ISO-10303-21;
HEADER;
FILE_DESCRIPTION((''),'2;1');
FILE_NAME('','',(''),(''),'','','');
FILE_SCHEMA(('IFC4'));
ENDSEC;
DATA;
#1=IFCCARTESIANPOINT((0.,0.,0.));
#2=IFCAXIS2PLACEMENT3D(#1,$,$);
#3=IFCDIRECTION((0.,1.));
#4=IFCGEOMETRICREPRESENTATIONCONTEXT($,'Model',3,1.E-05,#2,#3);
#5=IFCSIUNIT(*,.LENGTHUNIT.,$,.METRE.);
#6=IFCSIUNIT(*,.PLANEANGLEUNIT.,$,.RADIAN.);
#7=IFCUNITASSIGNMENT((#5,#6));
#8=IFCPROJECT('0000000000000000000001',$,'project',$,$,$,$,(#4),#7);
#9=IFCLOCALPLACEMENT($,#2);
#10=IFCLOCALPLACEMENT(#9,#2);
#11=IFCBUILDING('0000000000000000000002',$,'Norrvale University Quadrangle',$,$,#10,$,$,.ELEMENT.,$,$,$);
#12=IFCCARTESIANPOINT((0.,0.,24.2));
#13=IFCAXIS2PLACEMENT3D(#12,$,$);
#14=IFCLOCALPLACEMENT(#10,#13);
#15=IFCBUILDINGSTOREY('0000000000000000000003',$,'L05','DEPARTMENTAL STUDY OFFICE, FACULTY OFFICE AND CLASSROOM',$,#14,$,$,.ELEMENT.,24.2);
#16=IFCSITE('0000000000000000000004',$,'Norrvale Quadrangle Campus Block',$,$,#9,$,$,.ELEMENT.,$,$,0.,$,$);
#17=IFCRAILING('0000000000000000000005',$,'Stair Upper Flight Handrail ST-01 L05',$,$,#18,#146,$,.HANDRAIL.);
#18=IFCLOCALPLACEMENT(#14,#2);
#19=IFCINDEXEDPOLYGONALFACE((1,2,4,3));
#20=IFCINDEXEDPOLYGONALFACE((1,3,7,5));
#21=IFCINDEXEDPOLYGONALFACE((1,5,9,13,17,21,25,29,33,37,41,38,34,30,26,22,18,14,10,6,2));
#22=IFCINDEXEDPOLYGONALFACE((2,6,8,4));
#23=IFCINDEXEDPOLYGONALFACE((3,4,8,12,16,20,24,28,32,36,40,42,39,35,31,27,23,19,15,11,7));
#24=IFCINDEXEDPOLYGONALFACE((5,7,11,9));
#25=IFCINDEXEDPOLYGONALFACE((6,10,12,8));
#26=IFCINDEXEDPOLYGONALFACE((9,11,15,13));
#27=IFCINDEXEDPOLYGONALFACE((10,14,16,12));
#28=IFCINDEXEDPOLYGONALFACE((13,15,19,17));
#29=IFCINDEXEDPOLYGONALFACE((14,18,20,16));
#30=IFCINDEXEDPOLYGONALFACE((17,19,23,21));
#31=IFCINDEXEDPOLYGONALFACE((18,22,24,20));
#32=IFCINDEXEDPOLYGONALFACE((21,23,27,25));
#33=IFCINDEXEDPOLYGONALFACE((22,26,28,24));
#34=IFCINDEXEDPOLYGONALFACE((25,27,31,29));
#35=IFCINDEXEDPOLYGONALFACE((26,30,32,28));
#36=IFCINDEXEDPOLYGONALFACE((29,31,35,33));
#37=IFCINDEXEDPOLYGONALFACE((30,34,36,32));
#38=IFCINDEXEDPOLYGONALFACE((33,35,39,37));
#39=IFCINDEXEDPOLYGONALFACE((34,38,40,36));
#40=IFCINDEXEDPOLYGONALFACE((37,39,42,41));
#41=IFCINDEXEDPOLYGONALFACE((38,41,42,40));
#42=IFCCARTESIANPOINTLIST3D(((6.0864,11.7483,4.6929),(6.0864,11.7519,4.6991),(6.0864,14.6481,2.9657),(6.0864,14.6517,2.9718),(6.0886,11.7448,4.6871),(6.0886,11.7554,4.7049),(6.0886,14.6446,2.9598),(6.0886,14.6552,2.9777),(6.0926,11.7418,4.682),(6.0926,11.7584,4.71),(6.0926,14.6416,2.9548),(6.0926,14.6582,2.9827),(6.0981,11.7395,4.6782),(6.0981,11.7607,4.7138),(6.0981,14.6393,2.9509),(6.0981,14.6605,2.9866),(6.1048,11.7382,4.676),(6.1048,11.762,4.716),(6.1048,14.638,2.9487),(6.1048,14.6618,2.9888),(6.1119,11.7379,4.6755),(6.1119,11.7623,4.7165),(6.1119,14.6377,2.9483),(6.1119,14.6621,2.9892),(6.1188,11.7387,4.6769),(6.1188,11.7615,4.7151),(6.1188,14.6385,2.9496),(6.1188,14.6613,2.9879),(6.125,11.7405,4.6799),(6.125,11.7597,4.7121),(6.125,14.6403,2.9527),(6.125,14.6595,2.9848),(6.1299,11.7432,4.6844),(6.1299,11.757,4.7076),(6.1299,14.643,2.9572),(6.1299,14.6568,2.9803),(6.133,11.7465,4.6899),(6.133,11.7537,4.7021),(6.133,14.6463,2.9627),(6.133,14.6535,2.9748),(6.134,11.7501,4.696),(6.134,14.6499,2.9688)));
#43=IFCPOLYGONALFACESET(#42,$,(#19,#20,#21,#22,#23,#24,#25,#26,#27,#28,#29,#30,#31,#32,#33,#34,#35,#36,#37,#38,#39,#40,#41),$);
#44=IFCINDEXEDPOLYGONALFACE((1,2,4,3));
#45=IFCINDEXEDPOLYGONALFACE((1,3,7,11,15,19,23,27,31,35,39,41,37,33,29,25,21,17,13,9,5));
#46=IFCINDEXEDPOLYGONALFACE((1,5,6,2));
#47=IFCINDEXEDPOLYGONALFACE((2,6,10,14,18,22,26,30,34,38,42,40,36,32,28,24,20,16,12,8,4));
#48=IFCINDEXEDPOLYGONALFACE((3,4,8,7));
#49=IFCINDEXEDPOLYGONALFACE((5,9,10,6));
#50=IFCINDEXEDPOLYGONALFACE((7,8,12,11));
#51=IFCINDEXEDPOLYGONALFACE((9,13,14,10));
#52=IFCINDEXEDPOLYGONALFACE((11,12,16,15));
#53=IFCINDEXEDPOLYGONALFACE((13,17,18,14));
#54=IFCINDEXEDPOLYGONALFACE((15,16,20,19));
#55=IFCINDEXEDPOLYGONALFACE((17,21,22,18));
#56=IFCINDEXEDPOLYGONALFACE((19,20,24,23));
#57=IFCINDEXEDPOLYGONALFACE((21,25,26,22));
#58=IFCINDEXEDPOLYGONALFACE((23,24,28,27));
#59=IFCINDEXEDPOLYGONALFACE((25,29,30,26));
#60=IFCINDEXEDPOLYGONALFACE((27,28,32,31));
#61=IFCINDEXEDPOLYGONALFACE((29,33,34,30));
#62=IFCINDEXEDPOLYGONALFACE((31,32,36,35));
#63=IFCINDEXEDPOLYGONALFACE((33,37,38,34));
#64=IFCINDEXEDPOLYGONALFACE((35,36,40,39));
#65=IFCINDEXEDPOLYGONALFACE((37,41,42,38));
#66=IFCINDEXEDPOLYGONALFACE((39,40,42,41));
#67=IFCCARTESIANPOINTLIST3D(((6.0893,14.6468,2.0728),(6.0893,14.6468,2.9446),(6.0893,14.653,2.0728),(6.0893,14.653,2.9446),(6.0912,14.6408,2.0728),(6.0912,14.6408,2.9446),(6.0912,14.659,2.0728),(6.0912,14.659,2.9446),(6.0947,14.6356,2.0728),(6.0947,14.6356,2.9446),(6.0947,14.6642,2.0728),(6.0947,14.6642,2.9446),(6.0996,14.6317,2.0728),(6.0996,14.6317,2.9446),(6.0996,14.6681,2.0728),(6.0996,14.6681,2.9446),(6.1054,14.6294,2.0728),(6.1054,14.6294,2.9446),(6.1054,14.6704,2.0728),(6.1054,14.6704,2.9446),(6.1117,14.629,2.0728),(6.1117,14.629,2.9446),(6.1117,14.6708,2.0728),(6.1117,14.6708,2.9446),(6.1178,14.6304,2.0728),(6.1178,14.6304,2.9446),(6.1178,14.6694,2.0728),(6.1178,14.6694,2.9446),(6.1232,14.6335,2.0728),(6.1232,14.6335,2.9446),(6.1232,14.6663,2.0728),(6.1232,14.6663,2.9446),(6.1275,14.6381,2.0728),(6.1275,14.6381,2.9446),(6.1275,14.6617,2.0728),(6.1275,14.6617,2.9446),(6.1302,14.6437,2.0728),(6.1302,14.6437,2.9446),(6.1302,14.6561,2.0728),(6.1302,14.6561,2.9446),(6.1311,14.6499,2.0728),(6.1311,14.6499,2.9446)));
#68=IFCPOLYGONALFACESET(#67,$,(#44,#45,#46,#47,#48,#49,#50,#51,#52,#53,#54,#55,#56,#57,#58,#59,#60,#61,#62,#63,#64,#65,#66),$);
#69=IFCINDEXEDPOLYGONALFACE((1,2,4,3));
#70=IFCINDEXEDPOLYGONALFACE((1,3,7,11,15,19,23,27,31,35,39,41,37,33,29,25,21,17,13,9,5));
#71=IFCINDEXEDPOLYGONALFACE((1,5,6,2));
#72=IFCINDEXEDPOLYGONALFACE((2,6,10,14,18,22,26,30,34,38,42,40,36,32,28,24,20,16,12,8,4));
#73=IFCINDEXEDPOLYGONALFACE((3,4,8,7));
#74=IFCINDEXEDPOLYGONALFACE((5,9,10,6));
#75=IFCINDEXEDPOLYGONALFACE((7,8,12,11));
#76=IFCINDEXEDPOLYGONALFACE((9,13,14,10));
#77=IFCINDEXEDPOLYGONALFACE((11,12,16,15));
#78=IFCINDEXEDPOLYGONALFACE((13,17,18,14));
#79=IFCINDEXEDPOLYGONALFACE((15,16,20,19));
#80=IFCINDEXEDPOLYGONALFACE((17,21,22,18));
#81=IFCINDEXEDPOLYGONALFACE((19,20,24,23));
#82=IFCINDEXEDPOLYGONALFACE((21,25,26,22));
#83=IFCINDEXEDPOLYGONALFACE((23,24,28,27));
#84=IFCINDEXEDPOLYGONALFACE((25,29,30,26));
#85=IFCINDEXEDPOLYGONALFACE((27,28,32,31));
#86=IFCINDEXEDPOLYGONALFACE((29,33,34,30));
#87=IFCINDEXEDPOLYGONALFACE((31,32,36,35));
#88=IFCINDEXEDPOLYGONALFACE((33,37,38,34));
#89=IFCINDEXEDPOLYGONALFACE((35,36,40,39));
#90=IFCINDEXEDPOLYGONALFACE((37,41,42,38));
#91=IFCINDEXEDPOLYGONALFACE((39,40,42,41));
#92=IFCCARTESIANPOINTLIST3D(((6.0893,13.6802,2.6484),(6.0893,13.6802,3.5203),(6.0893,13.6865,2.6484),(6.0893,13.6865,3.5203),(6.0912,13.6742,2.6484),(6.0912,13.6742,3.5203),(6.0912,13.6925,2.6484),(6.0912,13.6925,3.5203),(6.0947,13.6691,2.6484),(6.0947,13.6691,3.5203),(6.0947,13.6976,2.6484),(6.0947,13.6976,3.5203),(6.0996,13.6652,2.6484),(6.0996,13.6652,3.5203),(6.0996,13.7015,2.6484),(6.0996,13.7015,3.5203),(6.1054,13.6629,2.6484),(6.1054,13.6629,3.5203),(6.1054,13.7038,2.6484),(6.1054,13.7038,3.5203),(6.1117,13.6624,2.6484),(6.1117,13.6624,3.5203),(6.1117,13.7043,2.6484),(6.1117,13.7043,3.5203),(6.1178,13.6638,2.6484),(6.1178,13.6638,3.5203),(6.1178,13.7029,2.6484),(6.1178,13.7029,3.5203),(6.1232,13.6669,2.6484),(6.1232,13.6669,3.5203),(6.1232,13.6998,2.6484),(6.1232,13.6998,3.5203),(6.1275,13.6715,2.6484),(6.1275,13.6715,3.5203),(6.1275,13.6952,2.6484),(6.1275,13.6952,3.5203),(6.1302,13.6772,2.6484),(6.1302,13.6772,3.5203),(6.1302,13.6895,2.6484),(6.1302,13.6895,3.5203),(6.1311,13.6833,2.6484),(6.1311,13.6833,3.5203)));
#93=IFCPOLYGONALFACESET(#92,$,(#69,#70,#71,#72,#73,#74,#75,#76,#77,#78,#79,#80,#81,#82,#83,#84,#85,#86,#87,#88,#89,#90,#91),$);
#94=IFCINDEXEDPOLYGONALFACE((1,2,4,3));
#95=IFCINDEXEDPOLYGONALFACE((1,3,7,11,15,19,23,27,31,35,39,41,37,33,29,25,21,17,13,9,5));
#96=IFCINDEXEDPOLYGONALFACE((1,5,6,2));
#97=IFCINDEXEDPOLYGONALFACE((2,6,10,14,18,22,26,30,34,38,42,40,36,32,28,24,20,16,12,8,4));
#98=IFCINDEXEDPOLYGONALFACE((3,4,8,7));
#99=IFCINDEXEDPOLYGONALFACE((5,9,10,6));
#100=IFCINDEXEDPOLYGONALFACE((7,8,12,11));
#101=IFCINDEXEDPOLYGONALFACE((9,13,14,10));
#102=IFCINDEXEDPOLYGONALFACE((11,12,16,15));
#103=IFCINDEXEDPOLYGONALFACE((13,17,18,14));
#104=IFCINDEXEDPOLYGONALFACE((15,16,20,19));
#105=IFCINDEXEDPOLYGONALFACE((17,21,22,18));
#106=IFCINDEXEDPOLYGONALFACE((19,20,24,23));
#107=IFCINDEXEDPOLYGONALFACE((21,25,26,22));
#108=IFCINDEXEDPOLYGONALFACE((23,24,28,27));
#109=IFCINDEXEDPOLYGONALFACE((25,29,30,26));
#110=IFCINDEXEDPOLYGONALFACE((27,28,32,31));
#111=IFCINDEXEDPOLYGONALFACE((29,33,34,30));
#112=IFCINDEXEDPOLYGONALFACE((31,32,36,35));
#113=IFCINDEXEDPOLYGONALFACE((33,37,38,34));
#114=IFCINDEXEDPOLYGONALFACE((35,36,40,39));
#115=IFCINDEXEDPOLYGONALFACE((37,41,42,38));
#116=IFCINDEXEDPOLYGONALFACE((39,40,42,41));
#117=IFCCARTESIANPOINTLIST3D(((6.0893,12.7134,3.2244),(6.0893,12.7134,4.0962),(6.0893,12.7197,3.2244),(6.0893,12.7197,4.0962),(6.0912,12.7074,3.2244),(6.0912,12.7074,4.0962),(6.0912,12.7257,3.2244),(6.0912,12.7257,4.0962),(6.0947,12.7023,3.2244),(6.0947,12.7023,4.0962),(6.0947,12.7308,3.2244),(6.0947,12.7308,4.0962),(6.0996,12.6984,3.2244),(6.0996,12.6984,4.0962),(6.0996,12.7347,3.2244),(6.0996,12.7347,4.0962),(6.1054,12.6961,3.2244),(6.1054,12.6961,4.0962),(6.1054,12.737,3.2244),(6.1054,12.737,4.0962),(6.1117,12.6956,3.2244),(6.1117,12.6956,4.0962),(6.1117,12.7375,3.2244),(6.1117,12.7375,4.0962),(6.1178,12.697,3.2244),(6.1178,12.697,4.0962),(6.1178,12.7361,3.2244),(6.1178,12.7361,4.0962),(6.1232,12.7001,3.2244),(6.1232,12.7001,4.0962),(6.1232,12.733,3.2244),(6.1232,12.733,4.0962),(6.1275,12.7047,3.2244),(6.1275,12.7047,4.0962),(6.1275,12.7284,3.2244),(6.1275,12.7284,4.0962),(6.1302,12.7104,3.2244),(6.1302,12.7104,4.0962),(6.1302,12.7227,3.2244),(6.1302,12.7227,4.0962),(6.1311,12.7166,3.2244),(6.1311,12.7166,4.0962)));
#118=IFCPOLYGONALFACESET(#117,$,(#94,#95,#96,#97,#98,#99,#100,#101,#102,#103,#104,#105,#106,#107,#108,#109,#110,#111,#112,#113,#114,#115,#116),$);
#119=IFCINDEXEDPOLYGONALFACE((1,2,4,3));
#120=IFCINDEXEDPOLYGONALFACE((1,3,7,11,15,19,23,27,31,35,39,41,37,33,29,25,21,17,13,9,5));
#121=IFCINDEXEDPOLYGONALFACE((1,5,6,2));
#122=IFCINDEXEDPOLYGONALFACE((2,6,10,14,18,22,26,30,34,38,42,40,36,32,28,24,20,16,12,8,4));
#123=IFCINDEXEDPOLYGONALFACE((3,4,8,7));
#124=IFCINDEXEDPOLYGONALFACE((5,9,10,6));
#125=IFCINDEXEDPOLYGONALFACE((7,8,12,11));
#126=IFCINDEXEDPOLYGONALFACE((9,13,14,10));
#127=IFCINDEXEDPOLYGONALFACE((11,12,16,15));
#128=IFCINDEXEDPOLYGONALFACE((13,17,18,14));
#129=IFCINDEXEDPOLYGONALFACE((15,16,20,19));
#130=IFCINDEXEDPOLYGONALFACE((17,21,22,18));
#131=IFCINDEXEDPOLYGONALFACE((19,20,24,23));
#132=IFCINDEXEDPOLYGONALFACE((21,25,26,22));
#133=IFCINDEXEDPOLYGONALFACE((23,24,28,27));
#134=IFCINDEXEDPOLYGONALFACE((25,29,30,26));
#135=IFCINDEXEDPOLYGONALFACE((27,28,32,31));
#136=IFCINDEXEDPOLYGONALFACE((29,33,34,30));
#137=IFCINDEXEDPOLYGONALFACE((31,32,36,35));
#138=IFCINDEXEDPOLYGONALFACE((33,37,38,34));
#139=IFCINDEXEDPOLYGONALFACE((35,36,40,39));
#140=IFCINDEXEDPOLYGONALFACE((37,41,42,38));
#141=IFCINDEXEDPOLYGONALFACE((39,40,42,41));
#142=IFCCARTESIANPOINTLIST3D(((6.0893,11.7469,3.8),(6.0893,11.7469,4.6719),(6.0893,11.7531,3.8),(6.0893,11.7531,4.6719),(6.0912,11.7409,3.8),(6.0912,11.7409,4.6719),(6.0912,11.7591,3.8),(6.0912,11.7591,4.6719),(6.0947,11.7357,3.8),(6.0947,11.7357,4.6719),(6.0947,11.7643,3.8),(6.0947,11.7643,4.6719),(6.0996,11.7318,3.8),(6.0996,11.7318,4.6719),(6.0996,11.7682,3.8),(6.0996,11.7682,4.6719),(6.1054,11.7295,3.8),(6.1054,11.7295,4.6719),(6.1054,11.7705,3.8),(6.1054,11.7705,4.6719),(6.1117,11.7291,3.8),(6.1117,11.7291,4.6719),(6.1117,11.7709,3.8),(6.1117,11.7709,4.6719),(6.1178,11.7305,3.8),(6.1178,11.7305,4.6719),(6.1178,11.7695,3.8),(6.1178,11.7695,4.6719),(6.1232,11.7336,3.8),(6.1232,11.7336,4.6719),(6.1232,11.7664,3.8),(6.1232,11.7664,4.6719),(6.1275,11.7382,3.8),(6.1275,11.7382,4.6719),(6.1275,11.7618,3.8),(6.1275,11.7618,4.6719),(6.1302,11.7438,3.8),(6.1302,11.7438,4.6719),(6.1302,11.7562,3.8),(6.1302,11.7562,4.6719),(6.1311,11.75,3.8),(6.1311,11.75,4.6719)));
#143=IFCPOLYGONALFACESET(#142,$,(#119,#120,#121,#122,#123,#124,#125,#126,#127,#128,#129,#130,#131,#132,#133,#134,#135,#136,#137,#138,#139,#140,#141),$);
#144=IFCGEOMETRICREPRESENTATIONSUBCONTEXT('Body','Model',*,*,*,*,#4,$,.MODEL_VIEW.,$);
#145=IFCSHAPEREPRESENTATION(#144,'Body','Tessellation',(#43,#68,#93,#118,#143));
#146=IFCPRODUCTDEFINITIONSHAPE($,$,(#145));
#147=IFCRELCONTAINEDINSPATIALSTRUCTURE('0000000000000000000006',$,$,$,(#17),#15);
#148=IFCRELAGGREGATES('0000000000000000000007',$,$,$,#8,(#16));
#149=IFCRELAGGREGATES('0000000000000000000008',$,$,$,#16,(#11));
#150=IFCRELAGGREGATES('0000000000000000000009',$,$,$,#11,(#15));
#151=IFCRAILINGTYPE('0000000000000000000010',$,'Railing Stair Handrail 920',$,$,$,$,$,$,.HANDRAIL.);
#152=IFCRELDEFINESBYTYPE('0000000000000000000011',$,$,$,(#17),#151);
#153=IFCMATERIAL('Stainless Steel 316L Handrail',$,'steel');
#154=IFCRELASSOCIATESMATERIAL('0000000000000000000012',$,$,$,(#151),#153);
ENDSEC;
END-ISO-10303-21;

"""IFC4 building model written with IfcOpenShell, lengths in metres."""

from ifc_helpers import new_model, si_unit, direction, frame, origin, origin_2d, place, context, subcontext, project, spatial, circle, extrude, material, type_object, element, save


model = new_model("IFC4")

# Units and contexts
model_context = context("Model", 3, precision=1e-05, world=origin(), true_north=direction((0.0, 1.0)))
body_context = subcontext(model_context, "Body", "Model", "MODEL_VIEW")
ifc_project = project(units=[si_unit("LENGTHUNIT", "METRE"), si_unit("PLANEANGLEUNIT", "RADIAN")], contexts=[model_context])

# Site, building, storey
site_placement = place(None, origin())
site = spatial("IfcSite", under=ifc_project, at=site_placement, Name="Norrvale Quadrangle Campus Block", CompositionType="ELEMENT", RefElevation=0.0)
building_placement = place(site_placement, origin())
building = spatial("IfcBuilding", under=site, at=building_placement, Name="Norrvale University Quadrangle", CompositionType="ELEMENT")
storey_placement = place(building_placement, frame((0.0, 0.0, 24.2)))
storey = spatial("IfcBuildingStorey", under=building, at=storey_placement, Name="L05", Description="DEPARTMENTAL STUDY OFFICE, FACULTY OFFICE AND CLASSROOM", CompositionType="ELEMENT", Elevation=24.2)

# Railing
ifc_material_1 = material(Name="Stainless Steel 316L Handrail", Category="steel")
railing_type_1 = type_object("IfcRailingType", Name="Railing Stair Handrail 920", PredefinedType="HANDRAIL", material=ifc_material_1)
railing_1_placement = place(storey_placement, frame((6.1101, 14.6499, 2.0728)))
element("IfcRailing", 1, at=railing_1_placement, inside=storey, type_object=railing_type_1, Name="Stair Upper Flight Handrail ST-01 L05", PredefinedType="HANDRAIL", context=body_context, shape_type="SweptSolid", body=[
    extrude(circle(Radius=0.0239, at=origin_2d()), frame((0.0, 0.0, 0.896), z_axis=(0.0, -0.859141, 0.511738), x_axis=(1.0, 0.0, 0.0)), (0.0, 0.0, 1.0), 3.3752),
    extrude(circle(Radius=0.021, at=origin_2d()), origin(), (0.0, 0.0, 1.0), 0.8718),
    extrude(circle(Radius=0.021, at=origin_2d()), frame((0.0, -0.9666, 0.5757)), (0.0, 0.0, 1.0), 0.8718),
    extrude(circle(Radius=0.021, at=origin_2d()), frame((0.0, -1.9333, 1.1516)), (0.0, 0.0, 1.0), 0.8718),
    extrude(circle(Radius=0.021, at=origin_2d()), frame((0.0, -2.8999, 1.7273)), (0.0, 0.0, 1.0), 0.8718),
])

save(model, "model.ifc")
